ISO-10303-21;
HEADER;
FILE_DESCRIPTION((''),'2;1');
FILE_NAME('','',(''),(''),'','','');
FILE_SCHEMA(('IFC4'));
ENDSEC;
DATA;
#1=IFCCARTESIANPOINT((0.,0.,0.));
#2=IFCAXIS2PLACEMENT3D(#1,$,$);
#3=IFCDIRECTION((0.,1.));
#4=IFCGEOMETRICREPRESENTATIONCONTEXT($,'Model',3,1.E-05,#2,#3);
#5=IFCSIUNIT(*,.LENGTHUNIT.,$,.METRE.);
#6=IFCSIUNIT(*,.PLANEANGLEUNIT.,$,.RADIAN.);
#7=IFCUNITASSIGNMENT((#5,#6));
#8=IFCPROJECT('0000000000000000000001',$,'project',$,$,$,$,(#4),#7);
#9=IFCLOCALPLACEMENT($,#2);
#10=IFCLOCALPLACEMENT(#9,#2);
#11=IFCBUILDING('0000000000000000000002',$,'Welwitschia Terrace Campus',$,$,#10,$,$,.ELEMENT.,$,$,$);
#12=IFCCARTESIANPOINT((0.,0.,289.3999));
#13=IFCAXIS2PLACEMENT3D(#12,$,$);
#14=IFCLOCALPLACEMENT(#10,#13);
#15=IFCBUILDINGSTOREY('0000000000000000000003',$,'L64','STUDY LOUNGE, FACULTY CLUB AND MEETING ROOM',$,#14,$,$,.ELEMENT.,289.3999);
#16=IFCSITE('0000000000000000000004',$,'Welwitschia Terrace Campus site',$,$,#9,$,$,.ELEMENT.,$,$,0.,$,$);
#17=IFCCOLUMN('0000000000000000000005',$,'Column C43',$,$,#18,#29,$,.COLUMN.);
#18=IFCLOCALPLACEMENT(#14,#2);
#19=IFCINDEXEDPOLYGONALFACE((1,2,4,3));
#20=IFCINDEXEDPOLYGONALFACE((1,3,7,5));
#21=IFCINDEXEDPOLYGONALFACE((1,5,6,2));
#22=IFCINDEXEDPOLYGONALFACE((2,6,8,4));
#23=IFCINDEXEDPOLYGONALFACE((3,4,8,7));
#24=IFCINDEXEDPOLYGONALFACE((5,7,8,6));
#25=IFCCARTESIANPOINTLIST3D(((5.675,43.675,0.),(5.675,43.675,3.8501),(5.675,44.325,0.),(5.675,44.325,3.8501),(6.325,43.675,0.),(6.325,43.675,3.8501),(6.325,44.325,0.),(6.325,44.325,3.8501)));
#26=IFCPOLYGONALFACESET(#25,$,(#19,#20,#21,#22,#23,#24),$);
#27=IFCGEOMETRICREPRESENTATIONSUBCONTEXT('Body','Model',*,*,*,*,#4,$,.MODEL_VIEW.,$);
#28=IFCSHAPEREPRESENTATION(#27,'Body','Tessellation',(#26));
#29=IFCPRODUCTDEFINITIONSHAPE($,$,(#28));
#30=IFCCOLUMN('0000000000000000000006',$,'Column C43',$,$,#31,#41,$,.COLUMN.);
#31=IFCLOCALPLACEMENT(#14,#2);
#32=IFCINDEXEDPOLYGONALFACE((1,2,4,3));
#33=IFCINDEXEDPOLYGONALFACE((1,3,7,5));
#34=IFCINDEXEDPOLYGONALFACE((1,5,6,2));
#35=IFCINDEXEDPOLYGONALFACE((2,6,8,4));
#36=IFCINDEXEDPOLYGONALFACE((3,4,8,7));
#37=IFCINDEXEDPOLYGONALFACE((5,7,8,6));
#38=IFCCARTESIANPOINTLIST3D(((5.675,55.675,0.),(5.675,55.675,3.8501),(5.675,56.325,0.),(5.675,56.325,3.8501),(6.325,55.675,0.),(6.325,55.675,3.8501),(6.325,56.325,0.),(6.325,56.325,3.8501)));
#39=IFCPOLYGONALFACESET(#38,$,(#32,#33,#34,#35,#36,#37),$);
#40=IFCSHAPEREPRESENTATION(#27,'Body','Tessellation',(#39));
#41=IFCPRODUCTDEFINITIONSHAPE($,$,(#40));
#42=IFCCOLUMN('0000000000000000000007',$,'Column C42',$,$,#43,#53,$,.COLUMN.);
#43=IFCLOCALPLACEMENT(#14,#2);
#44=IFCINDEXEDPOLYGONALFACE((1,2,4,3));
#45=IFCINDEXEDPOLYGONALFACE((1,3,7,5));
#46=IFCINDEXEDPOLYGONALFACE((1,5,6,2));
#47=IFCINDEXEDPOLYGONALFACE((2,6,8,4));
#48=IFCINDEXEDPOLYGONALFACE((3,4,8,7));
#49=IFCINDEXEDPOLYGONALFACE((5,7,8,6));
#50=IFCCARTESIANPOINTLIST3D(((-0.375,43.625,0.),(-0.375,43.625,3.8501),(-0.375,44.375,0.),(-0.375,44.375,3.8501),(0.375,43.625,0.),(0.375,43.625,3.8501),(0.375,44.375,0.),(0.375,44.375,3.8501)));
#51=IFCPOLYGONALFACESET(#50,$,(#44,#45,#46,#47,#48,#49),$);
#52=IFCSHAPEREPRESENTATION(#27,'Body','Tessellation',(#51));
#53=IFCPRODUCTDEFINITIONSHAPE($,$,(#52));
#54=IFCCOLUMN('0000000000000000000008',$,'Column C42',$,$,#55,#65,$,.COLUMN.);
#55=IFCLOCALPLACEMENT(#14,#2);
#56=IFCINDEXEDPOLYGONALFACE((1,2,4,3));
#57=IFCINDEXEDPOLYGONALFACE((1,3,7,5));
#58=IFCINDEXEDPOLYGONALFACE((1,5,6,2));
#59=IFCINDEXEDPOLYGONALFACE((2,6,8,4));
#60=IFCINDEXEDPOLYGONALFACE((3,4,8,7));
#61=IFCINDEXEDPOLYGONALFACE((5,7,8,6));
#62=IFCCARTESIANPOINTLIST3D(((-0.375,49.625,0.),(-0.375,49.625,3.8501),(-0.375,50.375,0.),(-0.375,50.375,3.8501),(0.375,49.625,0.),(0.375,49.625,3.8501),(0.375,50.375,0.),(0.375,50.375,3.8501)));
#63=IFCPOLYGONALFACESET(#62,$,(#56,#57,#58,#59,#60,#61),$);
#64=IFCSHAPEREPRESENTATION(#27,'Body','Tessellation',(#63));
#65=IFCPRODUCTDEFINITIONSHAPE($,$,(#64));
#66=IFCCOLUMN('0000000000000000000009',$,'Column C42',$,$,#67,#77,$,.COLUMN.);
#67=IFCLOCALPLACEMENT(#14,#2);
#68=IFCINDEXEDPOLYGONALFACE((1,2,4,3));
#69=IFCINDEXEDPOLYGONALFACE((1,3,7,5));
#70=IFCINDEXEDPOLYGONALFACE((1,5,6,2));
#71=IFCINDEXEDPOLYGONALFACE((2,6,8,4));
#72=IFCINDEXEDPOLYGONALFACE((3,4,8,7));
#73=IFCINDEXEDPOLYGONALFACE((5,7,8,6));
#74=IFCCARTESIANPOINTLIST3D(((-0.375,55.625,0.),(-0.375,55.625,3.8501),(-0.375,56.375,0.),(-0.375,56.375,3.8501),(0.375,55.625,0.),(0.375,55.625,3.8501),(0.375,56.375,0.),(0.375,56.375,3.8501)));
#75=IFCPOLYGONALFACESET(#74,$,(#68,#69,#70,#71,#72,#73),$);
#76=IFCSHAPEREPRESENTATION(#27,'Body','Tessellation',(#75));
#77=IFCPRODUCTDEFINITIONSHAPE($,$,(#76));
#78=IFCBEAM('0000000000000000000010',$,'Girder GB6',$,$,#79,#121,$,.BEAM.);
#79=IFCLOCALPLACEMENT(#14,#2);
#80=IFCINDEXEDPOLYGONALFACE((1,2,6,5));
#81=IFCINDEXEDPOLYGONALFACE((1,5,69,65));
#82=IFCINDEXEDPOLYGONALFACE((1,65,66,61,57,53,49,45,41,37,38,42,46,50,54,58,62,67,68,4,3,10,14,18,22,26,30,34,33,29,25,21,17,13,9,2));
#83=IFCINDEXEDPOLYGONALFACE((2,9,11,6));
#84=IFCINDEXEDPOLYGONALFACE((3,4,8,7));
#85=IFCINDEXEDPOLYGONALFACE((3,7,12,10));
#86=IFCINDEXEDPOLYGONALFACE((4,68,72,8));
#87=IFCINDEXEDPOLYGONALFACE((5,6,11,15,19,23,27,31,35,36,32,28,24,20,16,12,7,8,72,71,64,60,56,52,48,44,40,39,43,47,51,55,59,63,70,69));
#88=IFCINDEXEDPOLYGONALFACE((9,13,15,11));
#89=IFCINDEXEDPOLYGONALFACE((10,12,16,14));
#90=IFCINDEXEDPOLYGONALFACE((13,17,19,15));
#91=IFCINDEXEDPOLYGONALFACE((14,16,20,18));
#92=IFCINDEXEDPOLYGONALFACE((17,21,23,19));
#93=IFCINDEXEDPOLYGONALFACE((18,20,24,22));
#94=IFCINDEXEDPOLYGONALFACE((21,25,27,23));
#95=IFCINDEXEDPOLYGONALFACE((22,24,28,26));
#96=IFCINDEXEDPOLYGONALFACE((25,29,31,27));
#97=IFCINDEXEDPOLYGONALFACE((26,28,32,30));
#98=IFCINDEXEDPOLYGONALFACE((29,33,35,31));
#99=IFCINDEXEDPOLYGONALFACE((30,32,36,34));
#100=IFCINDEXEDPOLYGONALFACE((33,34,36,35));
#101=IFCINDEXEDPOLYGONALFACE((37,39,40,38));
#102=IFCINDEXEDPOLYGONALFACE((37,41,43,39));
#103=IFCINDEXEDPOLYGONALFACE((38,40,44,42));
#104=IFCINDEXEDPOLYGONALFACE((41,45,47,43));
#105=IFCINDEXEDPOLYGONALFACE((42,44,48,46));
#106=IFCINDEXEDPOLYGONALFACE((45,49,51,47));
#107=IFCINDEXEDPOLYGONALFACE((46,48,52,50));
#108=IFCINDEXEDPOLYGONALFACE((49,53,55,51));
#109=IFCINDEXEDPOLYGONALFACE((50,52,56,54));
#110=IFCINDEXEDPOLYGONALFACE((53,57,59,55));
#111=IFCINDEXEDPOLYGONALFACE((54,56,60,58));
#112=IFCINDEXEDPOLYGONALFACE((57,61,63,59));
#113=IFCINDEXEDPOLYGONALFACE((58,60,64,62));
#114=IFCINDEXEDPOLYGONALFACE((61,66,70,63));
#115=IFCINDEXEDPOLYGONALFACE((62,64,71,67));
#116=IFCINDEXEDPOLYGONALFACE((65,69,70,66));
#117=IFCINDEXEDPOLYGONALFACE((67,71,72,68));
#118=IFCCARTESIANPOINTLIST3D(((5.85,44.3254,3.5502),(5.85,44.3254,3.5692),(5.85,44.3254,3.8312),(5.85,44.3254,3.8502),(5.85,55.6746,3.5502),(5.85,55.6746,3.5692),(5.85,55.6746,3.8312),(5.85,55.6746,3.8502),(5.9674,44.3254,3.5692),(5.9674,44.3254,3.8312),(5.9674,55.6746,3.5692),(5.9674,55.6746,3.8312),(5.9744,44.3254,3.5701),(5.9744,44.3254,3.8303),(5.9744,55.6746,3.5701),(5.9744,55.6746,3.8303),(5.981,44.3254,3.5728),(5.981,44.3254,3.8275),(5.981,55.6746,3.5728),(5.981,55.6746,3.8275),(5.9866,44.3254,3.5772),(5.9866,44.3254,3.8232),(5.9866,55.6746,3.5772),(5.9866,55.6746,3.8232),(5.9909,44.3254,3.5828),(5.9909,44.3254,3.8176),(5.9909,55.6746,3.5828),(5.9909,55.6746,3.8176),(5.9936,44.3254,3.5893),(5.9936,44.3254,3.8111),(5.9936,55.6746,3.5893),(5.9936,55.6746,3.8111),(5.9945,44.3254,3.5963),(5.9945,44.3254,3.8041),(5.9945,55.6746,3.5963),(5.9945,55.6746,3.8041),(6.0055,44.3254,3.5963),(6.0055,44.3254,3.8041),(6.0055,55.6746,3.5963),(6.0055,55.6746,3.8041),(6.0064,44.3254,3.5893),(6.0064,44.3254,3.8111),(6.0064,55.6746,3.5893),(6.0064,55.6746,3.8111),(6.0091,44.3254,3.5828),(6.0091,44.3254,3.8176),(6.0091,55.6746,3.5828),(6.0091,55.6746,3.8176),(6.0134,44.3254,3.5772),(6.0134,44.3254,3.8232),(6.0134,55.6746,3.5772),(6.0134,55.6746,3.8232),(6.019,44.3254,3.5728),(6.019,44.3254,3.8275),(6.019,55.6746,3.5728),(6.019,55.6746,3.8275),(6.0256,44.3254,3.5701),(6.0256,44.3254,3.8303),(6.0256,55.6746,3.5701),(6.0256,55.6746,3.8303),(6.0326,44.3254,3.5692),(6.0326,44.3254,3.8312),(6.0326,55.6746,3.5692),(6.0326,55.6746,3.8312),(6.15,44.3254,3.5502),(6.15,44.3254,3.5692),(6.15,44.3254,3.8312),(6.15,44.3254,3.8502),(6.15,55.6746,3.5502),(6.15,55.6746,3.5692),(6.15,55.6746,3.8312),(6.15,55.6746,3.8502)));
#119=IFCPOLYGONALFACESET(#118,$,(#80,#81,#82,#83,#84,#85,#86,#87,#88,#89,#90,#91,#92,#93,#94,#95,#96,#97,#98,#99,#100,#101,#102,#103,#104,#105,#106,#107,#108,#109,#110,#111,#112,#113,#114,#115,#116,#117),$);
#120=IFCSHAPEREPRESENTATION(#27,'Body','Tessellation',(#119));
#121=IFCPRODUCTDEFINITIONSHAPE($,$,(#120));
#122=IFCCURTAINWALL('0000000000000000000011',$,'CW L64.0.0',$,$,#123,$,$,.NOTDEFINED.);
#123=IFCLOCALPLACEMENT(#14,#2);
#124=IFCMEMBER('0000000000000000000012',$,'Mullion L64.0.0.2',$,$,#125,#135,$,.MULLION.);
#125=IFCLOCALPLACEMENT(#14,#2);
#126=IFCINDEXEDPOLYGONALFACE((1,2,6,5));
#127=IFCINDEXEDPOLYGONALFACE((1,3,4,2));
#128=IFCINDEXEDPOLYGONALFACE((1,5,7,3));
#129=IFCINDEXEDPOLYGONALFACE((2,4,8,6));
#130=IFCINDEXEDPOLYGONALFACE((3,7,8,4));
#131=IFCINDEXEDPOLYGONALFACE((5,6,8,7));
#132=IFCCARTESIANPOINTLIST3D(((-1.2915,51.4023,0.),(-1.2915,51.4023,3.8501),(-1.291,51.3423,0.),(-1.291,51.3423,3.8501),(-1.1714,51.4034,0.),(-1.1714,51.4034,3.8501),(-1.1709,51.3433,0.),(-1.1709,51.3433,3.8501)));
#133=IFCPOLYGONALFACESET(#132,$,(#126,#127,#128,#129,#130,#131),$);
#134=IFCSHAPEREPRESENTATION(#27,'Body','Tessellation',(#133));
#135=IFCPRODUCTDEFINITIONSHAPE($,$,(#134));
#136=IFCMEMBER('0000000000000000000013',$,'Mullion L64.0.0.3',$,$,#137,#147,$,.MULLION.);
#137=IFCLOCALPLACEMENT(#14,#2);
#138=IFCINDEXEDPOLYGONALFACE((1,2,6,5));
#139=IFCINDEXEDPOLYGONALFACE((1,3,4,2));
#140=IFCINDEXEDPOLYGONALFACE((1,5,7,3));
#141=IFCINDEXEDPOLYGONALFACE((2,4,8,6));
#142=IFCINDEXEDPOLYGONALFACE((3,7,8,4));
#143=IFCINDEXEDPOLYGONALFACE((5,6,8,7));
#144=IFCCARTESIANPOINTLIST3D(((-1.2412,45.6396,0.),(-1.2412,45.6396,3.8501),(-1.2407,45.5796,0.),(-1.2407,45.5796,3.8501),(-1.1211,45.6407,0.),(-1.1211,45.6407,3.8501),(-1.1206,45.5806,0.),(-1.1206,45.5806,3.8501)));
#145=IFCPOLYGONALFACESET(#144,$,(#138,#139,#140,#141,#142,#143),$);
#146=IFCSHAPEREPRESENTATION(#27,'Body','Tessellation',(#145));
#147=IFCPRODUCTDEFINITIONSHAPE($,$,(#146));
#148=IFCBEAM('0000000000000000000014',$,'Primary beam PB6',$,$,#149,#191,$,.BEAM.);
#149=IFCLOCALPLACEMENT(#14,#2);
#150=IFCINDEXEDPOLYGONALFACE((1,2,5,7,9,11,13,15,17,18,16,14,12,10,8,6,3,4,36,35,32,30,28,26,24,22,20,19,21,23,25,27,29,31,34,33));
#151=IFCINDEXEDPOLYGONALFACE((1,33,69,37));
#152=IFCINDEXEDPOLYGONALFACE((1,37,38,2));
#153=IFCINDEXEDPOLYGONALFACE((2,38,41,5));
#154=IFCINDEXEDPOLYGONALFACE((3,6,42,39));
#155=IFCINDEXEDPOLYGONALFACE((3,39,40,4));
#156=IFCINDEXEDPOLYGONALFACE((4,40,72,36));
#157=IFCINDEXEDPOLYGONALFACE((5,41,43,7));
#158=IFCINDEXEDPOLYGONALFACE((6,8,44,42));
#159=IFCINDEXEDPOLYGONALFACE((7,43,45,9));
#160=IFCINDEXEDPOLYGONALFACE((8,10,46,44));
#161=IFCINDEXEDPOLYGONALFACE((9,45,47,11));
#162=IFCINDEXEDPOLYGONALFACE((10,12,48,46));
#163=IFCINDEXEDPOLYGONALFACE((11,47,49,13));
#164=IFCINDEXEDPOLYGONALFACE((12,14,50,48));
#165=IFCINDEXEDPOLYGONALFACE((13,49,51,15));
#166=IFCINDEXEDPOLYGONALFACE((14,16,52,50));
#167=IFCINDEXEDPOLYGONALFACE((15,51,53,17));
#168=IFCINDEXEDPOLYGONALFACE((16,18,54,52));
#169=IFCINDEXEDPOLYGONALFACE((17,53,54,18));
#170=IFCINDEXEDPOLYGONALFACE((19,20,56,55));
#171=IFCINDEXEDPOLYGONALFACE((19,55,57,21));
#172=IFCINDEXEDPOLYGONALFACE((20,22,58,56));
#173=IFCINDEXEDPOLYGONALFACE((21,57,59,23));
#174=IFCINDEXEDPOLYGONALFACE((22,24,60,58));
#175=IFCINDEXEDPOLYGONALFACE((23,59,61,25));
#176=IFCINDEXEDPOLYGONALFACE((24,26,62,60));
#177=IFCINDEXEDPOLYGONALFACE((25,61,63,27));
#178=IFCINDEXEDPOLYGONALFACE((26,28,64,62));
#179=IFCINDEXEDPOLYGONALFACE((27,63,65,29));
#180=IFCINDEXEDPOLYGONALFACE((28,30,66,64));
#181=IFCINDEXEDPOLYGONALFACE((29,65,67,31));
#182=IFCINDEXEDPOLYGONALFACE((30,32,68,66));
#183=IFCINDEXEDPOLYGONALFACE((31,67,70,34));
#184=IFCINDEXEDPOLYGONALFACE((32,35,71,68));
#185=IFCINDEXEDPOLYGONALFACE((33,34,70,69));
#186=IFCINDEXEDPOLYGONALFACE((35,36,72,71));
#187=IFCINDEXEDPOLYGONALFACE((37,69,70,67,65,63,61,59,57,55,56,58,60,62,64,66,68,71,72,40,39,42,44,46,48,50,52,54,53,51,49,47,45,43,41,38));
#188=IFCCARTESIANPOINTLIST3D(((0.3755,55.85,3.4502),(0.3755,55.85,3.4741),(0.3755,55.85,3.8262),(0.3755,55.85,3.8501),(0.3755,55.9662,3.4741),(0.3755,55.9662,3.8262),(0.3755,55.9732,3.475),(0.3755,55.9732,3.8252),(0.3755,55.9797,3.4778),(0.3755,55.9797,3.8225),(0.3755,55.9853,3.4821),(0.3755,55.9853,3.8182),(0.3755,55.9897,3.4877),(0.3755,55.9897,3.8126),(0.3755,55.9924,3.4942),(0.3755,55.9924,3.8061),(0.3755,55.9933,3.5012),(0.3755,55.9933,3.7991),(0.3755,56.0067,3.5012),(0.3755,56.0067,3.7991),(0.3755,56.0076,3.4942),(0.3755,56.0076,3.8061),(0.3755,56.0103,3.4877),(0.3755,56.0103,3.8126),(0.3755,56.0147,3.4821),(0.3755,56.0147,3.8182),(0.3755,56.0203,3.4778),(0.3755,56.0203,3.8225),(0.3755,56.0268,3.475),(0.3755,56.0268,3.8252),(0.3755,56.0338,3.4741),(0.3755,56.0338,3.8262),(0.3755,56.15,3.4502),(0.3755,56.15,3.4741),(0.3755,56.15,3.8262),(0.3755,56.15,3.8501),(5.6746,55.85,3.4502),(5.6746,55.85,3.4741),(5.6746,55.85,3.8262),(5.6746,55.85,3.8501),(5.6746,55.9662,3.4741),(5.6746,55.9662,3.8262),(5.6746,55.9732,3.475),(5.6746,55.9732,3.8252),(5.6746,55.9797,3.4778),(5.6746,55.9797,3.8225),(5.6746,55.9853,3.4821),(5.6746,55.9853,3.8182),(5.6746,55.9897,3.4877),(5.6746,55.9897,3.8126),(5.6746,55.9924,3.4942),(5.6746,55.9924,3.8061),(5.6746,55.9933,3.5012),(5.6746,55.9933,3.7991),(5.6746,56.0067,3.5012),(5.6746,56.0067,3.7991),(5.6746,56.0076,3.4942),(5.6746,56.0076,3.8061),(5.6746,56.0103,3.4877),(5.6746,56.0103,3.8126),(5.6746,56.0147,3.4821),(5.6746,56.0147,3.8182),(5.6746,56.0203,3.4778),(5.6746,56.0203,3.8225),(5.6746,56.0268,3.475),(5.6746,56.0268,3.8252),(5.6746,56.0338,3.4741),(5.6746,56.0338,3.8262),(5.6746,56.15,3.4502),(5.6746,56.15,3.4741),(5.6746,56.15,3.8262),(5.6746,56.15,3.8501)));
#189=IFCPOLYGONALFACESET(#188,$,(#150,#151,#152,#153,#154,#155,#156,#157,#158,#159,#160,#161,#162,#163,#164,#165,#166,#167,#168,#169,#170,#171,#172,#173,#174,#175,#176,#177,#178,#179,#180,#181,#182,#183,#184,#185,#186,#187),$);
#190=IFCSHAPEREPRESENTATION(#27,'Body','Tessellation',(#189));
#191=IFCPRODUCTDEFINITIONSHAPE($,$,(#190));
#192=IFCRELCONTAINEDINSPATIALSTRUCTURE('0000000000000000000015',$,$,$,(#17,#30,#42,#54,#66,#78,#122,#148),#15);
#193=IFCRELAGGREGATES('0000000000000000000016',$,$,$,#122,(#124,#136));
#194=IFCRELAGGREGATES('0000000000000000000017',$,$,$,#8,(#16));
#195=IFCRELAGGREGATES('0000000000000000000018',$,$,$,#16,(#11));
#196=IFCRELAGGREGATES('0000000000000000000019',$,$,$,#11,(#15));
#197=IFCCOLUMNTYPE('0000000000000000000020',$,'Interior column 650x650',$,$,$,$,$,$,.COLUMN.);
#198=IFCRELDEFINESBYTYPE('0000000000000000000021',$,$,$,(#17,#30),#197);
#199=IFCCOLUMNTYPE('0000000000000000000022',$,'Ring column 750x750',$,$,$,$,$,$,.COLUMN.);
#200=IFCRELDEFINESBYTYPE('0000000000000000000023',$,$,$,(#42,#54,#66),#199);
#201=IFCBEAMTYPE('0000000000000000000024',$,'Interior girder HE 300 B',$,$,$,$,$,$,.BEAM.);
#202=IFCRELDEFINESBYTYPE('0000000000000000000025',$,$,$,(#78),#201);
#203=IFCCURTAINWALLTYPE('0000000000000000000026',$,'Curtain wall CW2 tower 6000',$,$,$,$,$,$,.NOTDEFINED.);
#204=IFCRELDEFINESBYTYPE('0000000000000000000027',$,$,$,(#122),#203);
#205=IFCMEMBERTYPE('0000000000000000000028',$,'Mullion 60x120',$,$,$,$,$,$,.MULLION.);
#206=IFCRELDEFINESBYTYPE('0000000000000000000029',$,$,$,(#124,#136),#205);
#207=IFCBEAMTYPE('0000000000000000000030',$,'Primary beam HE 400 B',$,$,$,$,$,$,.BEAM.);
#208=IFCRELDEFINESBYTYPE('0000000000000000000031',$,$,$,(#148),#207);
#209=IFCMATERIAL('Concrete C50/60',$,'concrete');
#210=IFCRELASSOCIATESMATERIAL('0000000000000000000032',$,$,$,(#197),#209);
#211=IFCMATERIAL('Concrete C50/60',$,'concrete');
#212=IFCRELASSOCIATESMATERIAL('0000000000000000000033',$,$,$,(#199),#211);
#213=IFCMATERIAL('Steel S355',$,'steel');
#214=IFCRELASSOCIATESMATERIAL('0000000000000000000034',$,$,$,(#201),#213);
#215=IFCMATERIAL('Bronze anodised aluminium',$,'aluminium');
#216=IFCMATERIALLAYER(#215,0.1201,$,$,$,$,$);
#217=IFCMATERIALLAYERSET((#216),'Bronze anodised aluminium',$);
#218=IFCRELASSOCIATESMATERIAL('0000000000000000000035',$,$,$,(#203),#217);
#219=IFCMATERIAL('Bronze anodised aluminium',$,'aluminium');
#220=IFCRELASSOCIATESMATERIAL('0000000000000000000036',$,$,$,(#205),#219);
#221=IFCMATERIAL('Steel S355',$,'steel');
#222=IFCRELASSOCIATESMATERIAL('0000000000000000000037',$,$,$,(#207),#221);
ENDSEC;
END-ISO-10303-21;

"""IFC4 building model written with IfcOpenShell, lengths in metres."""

from ifc_helpers import new_model, si_unit, direction, frame, origin, origin_2d, place, context, subcontext, project, spatial, rectangle, i_section, extrude, material, layer, layer_set, material_profile, profile_set, type_object, element, aggregate, save


model = new_model("IFC4")

# Units and contexts
model_context = context("Model", 3, precision=1e-05, world=origin(), true_north=direction((0.0, 1.0)))
body_context = subcontext(model_context, "Body", "Model", "MODEL_VIEW")
ifc_project = project(units=[si_unit("LENGTHUNIT", "METRE"), si_unit("PLANEANGLEUNIT", "RADIAN")], contexts=[model_context])

# Site, building, storey
site_placement = place(None, origin())
site = spatial("IfcSite", under=ifc_project, at=site_placement, Name="Welwitschia Terrace Campus site", CompositionType="ELEMENT", RefElevation=0.0)
building_placement = place(site_placement, origin())
building = spatial("IfcBuilding", under=site, at=building_placement, Name="Welwitschia Terrace Campus", CompositionType="ELEMENT")
storey_placement = place(building_placement, frame((0.0, 0.0, 289.3999)))
storey = spatial("IfcBuildingStorey", under=building, at=storey_placement, Name="L64", Description="STUDY LOUNGE, FACULTY CLUB AND MEETING ROOM", CompositionType="ELEMENT", Elevation=289.3999)

# Columns
ifc_material_1 = material(Name="Concrete C50/60", Category="concrete")
ifc_material_profile_1 = material_profile(ifc_material_1, rectangle(XDim=0.6499, YDim=0.6499, at=origin_2d()))
ifc_profile_set_1 = profile_set([ifc_material_profile_1], Name="Concrete C50/60")
column_type_1 = type_object("IfcColumnType", Name="Interior column 650x650", PredefinedType="COLUMN", material=ifc_profile_set_1)
for number, where, z_axis, x_axis, name in (
    (1, (6.0, 44.0, 0.0), (0.0, 0.0, 1.0), (1.0, 0.0, 0.0), "Column C43"),
    (2, (6.0, 56.0, 0.0), (0.0, 0.0, 1.0), (1.0, 0.0, 0.0), "Column C43"),
):
    element("IfcColumn", number, at=place(storey_placement, frame(where, z_axis=z_axis, x_axis=x_axis)), inside=storey, type_object=column_type_1, Name=name, PredefinedType="COLUMN", context=body_context, shape_type="SweptSolid", body=[
        extrude(rectangle(XDim=0.6499, YDim=0.6499, at=origin_2d()), origin(), (0.0, 0.0, 1.0), 3.8501),
    ])
ifc_material_2 = material(Name="Concrete C50/60", Category="concrete")
ifc_material_profile_2 = material_profile(ifc_material_2, rectangle(XDim=0.75, YDim=0.75, at=origin_2d()))
ifc_profile_set_2 = profile_set([ifc_material_profile_2], Name="Concrete C50/60")
column_type_2 = type_object("IfcColumnType", Name="Ring column 750x750", PredefinedType="COLUMN", material=ifc_profile_set_2)
for number, where, z_axis, x_axis, name in (
    (3, (0.0, 44.0, 0.0), (0.0, 0.0, 1.0), (1.0, 0.0, 0.0), "Column C42"),
    (4, (0.0, 50.0, 0.0), (0.0, 0.0, 1.0), (1.0, 0.0, 0.0), "Column C42"),
    (5, (0.0, 56.0, 0.0), (0.0, 0.0, 1.0), (1.0, 0.0, 0.0), "Column C42"),
):
    element("IfcColumn", number, at=place(storey_placement, frame(where, z_axis=z_axis, x_axis=x_axis)), inside=storey, type_object=column_type_2, Name=name, PredefinedType="COLUMN", context=body_context, shape_type="SweptSolid", body=[
        extrude(rectangle(XDim=0.75, YDim=0.75, at=origin_2d()), origin(), (0.0, 0.0, 1.0), 3.8501),
    ])

# Beam
ifc_material_3 = material(Name="Steel S355", Category="steel")
ifc_material_profile_3 = material_profile(ifc_material_3, i_section(OverallWidth=0.3, OverallDepth=0.3, WebThickness=0.011, FlangeThickness=0.019, FilletRadius=0.0271, at=origin_2d()))
ifc_profile_set_3 = profile_set([ifc_material_profile_3], Name="Steel S355")
beam_type_1 = type_object("IfcBeamType", Name="Interior girder HE 300 B", PredefinedType="BEAM", material=ifc_profile_set_3)
beam_placement = place(storey_placement, frame((6.0, 44.3254, 3.7002), z_axis=(0.0, 1.0, 0.0), x_axis=(-1.0, 0.0, 0.0)))
element("IfcBeam", 6, at=beam_placement, inside=storey, type_object=beam_type_1, Name="Girder GB6", PredefinedType="BEAM", context=body_context, shape_type="SweptSolid", body=[
    extrude(i_section(OverallWidth=0.3, OverallDepth=0.3, WebThickness=0.011, FlangeThickness=0.019, FilletRadius=0.0271, at=origin_2d()), origin(), (0.0, 0.0, 1.0), 11.3491),
])

# Curtain wall, members
ifc_material_4 = material(Name="Bronze anodised aluminium", Category="aluminium")
ifc_layer_1 = layer(ifc_material_4, 0.1201)
ifc_layer_set_1 = layer_set([ifc_layer_1], Name="Bronze anodised aluminium")
curtain_wall_type = type_object("IfcCurtainWallType", Name="Curtain wall CW2 tower 6000", PredefinedType="NOTDEFINED", material=ifc_layer_set_1)
curtain_wall_placement = place(storey_placement, origin())
curtain_wall = element("IfcCurtainWall", 7, at=curtain_wall_placement, inside=storey, type_object=curtain_wall_type, Name="CW L64.0.0", PredefinedType="NOTDEFINED")
ifc_material_5 = material(Name="Bronze anodised aluminium", Category="aluminium")
ifc_material_profile_4 = material_profile(ifc_material_5, rectangle(XDim=0.1201, YDim=0.0601, at=origin_2d()))
ifc_profile_set_4 = profile_set([ifc_material_profile_4], Name="Bronze anodised aluminium")
member_type = type_object("IfcMemberType", Name="Mullion 60x120", PredefinedType="MULLION", material=ifc_profile_set_4)
member_1_placement = place(storey_placement, frame((-1.2312, 51.3728, 0.0), z_axis=(0.0, 0.0, 1.0), x_axis=(0.999962, 0.008727, 0.0)))
member_1 = element("IfcMember", 8, at=member_1_placement, type_object=member_type, Name="Mullion L64.0.0.2", PredefinedType="MULLION", context=body_context, shape_type="SweptSolid", body=[
    extrude(rectangle(XDim=0.1201, YDim=0.0601, at=origin_2d()), origin(), (0.0, 0.0, 1.0), 3.8501),
])
member_2_placement = place(storey_placement, frame((-1.1809, 45.6101, 0.0), z_axis=(0.0, 0.0, 1.0), x_axis=(0.999962, 0.008727, 0.0)))
member_2 = element("IfcMember", 9, at=member_2_placement, type_object=member_type, Name="Mullion L64.0.0.3", PredefinedType="MULLION", context=body_context, shape_type="SweptSolid", body=[
    extrude(rectangle(XDim=0.1201, YDim=0.0601, at=origin_2d()), origin(), (0.0, 0.0, 1.0), 3.8501),
])

# Beam
ifc_material_6 = material(Name="Steel S355", Category="steel")
ifc_material_profile_5 = material_profile(ifc_material_6, i_section(OverallWidth=0.3, OverallDepth=0.3999, WebThickness=0.0134, FlangeThickness=0.0239, FilletRadius=0.0271, at=origin_2d()))
ifc_profile_set_5 = profile_set([ifc_material_profile_5], Name="Steel S355")
beam_type_2 = type_object("IfcBeamType", Name="Primary beam HE 400 B", PredefinedType="BEAM", material=ifc_profile_set_5)
for number, where, z_axis, x_axis, name in (
    (10, (0.3755, 56.0, 3.6501), (1.0, 0.0, 0.0), (0.0, 1.0, 0.0), "Primary beam PB6"),
):
    element("IfcBeam", number, at=place(storey_placement, frame(where, z_axis=z_axis, x_axis=x_axis)), inside=storey, type_object=beam_type_2, Name=name, PredefinedType="BEAM", context=body_context, shape_type="SweptSolid", body=[
        extrude(i_section(OverallWidth=0.3, OverallDepth=0.3999, WebThickness=0.0134, FlangeThickness=0.0239, FilletRadius=0.0271, at=origin_2d()), origin(), (0.0, 0.0, 1.0), 5.2991),
    ])

aggregate(curtain_wall, [member_1, member_2])

save(model, "model.ifc")
